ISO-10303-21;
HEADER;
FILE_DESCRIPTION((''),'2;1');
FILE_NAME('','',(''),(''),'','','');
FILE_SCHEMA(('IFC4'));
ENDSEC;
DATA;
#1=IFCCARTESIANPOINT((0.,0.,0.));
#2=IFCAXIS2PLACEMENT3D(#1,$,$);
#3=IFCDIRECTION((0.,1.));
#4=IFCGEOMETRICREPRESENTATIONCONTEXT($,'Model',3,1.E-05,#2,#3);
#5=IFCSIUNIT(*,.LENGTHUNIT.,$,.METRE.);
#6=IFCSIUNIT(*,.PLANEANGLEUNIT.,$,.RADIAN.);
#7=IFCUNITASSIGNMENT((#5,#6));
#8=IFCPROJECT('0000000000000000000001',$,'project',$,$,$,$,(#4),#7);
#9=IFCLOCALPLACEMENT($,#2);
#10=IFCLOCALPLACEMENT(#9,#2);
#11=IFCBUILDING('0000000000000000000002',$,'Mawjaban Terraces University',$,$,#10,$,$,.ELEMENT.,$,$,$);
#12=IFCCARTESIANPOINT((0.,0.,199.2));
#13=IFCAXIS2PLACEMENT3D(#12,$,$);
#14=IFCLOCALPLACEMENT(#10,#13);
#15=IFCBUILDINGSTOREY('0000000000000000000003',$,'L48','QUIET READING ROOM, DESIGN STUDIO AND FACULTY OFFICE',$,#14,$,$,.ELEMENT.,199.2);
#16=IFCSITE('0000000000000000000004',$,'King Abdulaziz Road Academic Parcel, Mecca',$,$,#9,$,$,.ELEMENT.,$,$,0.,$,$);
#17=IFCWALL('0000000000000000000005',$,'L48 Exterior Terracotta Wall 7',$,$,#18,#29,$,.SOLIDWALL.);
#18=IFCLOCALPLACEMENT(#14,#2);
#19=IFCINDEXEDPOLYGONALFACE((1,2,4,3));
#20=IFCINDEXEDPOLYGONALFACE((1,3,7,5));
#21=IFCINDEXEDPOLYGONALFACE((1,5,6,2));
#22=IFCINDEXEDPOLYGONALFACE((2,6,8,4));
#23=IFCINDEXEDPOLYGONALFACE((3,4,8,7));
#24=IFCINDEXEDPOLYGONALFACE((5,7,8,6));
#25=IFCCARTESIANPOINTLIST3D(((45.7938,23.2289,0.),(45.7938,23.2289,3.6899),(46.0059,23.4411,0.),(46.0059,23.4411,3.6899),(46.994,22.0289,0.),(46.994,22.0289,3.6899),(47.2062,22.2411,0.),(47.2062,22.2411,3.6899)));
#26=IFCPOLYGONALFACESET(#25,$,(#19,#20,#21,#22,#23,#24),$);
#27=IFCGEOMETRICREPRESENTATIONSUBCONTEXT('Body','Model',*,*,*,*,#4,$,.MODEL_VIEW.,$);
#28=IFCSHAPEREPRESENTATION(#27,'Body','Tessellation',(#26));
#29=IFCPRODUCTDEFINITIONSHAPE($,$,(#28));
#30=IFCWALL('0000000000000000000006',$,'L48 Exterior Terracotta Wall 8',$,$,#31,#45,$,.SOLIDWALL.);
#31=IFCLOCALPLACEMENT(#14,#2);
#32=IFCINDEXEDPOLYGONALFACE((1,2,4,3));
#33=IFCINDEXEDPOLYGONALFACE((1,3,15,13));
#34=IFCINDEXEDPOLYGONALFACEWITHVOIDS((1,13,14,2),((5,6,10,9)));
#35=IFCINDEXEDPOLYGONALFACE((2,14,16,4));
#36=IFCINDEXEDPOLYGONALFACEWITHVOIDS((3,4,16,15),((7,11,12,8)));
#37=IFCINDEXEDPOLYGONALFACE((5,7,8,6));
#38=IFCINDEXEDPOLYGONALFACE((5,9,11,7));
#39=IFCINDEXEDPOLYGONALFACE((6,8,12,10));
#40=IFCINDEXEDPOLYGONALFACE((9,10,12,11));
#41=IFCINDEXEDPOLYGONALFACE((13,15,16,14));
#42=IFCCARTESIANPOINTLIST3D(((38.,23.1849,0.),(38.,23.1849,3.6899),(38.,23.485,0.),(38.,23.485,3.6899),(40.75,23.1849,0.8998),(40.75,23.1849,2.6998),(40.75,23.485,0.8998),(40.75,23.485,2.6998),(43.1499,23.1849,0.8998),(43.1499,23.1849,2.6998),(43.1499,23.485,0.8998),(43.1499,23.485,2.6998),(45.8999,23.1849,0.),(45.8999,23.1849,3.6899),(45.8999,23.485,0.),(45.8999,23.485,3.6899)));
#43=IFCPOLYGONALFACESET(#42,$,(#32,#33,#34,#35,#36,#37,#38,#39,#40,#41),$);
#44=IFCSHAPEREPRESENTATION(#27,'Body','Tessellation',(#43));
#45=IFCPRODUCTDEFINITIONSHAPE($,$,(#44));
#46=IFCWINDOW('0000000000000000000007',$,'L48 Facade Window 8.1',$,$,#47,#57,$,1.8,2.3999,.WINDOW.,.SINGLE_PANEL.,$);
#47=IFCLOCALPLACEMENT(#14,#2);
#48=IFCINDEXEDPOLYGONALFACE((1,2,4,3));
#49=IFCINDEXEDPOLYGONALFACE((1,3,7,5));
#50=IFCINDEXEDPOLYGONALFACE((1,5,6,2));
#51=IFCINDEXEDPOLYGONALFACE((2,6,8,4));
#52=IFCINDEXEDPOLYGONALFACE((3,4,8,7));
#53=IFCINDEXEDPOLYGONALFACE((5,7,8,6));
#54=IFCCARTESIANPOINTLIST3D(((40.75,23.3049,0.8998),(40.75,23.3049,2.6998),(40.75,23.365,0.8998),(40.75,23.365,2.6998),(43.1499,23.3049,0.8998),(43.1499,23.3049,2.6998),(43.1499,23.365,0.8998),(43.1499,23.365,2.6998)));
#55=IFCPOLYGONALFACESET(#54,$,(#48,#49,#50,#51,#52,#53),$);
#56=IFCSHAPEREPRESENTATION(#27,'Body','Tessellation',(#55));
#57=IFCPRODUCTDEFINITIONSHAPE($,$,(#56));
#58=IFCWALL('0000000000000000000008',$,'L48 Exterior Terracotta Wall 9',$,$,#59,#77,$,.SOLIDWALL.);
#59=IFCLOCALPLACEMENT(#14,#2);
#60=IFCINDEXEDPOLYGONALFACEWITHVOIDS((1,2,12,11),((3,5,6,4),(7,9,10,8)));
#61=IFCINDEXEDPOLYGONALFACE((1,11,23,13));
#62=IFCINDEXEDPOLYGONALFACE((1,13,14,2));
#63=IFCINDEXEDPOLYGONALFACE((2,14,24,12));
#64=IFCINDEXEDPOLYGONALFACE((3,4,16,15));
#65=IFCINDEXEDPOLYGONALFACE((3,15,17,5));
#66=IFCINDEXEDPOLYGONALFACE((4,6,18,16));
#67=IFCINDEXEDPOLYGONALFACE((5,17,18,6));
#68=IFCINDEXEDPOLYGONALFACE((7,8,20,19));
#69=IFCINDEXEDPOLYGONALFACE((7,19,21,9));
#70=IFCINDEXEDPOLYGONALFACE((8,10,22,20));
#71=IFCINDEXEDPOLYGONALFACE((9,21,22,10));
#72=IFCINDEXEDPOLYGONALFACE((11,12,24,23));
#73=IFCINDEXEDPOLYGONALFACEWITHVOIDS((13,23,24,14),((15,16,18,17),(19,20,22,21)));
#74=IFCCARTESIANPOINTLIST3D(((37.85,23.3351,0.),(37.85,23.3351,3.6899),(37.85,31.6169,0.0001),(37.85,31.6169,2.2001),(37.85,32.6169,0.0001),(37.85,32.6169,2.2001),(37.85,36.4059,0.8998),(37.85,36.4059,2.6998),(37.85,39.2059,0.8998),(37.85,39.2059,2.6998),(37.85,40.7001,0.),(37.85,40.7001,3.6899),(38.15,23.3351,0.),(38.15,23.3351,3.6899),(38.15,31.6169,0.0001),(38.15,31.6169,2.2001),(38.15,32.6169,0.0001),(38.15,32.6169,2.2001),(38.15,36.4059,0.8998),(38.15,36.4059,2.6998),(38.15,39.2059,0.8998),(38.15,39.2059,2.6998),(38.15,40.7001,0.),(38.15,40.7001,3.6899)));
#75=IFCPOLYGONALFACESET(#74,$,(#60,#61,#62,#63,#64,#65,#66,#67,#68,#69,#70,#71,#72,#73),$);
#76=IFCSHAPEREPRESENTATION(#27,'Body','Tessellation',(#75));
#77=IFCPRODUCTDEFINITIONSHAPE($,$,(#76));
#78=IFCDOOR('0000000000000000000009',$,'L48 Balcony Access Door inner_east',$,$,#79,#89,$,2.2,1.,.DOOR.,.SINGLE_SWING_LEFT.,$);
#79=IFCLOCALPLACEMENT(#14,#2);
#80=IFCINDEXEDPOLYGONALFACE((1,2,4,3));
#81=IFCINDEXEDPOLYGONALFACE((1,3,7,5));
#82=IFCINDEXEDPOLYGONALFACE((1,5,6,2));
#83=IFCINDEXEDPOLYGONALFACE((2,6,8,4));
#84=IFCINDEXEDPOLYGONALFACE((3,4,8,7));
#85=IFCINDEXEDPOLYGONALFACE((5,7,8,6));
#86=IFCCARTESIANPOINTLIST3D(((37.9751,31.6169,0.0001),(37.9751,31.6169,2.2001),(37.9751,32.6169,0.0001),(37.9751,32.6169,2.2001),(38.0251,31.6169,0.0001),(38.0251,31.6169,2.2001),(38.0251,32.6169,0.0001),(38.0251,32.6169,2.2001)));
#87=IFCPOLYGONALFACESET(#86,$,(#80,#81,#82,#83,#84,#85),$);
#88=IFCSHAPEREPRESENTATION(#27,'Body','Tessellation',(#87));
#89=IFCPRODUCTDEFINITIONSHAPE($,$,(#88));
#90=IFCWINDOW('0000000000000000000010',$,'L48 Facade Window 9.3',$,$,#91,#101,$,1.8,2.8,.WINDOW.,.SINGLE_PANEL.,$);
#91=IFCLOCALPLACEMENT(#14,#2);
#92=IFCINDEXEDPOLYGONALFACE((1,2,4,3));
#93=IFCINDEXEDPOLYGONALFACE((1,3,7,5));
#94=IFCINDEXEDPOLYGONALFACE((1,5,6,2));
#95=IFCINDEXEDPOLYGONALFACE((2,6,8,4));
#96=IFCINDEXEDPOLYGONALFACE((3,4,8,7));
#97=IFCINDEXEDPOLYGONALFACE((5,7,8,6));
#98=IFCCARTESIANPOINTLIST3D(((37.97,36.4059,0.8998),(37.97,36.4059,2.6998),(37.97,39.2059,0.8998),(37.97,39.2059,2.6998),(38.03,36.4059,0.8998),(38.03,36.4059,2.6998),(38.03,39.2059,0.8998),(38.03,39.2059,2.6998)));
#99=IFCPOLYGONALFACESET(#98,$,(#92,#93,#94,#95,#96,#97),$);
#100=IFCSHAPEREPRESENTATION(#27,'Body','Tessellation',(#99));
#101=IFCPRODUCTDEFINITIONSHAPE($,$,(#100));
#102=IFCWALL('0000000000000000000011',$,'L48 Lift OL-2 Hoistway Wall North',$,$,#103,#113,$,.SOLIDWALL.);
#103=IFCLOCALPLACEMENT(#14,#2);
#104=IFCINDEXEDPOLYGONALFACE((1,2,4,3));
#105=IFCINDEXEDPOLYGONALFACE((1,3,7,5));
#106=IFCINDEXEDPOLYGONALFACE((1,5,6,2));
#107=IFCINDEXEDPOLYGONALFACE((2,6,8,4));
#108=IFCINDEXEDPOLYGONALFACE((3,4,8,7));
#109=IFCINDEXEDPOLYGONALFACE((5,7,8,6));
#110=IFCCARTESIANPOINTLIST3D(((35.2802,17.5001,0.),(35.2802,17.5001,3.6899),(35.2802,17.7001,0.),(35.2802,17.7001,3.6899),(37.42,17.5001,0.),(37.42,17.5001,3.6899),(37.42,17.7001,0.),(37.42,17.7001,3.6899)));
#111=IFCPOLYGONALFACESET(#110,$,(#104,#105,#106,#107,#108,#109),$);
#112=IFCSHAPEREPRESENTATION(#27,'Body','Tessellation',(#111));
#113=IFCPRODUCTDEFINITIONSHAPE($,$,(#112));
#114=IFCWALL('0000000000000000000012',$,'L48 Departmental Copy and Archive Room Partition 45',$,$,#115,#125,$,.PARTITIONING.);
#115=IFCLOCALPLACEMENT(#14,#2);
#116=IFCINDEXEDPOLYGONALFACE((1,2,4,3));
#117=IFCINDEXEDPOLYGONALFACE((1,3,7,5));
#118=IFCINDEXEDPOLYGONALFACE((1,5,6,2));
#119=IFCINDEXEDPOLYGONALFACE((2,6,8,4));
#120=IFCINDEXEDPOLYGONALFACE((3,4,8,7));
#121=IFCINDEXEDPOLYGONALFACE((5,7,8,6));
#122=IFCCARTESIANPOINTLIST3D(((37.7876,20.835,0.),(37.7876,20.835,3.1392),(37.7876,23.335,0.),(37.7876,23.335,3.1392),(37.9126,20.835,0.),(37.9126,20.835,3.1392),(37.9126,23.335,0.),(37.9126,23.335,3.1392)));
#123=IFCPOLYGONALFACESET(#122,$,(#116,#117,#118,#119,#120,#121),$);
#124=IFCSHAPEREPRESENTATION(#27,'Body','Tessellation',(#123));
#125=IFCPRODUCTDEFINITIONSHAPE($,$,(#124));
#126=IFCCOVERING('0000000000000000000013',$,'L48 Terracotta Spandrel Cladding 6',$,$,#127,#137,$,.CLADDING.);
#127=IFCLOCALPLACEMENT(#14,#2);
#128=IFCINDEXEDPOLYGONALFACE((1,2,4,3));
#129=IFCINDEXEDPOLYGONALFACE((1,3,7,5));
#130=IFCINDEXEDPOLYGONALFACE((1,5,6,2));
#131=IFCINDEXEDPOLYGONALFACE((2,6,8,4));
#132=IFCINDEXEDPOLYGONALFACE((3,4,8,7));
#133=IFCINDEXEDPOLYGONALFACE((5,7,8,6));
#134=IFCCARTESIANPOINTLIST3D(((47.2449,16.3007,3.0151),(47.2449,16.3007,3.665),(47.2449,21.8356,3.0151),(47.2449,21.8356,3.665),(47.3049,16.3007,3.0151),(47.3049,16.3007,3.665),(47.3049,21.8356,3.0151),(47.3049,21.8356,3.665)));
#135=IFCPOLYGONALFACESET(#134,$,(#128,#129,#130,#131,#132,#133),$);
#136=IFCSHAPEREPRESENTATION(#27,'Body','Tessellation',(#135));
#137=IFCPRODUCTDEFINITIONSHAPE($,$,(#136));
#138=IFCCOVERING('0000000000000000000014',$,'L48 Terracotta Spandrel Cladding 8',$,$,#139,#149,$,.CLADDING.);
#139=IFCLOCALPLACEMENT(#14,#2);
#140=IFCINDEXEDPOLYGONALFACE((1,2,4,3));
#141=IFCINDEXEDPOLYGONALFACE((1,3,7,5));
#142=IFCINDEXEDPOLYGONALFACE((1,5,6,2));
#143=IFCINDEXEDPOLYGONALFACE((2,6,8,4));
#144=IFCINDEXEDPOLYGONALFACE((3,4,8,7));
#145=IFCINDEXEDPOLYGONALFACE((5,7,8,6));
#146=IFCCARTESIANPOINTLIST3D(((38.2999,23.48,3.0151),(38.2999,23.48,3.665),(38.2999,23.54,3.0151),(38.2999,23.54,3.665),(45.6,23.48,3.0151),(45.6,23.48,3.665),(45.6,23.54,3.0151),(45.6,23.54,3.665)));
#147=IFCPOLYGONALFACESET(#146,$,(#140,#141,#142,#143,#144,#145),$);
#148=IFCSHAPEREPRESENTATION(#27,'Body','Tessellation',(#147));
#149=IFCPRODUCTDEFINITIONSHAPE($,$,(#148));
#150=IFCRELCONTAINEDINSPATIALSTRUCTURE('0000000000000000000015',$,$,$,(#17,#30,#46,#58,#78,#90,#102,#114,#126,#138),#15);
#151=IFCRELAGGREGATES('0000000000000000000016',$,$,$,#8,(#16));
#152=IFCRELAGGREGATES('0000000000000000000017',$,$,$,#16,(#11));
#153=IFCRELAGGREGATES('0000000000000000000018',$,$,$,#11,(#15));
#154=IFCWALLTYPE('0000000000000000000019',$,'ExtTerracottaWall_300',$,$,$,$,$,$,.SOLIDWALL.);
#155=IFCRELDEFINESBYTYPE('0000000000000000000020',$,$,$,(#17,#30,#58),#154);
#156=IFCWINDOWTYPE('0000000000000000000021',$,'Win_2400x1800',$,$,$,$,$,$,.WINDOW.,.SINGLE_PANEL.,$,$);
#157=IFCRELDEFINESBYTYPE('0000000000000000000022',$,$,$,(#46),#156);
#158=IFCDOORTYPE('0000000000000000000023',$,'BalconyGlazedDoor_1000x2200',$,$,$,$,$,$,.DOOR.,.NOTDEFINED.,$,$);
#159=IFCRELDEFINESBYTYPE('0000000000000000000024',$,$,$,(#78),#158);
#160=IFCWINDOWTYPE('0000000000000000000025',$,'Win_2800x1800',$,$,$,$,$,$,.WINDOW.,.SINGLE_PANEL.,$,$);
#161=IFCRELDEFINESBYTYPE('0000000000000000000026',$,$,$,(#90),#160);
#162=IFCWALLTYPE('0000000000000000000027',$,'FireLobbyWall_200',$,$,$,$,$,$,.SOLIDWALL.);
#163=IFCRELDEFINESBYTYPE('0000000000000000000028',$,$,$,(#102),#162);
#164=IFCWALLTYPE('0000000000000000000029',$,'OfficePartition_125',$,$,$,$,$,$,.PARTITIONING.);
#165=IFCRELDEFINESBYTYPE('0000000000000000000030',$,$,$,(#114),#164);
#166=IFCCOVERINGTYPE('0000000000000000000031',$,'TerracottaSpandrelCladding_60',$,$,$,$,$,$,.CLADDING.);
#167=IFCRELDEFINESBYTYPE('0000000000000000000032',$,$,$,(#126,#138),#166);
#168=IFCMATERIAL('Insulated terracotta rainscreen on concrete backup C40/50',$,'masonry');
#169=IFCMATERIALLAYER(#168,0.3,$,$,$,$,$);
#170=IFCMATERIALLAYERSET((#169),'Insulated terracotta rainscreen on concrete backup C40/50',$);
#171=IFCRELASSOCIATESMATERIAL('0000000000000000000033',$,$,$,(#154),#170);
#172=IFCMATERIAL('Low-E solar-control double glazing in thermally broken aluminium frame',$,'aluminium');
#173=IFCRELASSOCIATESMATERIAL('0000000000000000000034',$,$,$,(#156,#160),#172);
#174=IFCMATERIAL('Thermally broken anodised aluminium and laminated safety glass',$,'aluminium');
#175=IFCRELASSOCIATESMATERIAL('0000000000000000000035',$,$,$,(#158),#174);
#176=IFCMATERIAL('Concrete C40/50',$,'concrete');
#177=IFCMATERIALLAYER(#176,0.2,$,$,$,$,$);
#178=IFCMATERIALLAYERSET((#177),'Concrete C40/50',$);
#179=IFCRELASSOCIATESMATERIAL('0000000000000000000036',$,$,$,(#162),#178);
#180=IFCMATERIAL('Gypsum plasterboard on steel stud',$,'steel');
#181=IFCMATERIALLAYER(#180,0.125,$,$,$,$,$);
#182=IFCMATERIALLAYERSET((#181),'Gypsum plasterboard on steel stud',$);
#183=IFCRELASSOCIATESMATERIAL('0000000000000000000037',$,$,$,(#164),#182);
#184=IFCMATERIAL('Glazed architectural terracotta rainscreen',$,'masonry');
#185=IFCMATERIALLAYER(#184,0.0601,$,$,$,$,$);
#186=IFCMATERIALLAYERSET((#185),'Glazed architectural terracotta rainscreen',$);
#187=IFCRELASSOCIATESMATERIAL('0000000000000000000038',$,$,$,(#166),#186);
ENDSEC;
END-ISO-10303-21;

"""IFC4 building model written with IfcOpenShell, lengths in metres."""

from ifc_helpers import new_model, si_unit, direction, frame, frame_2d, origin, origin_2d, place, context, subcontext, project, spatial, rectangle, extrude, material, layer, layer_set, type_object, element, fill, save


model = new_model("IFC4")

# Units and contexts
model_context = context("Model", 3, precision=1e-05, world=origin(), true_north=direction((0.0, 1.0)))
body_context = subcontext(model_context, "Body", "Model", "MODEL_VIEW")
ifc_project = project(units=[si_unit("LENGTHUNIT", "METRE"), si_unit("PLANEANGLEUNIT", "RADIAN")], contexts=[model_context])

# Site, building, storey
site_placement = place(None, origin())
site = spatial("IfcSite", under=ifc_project, at=site_placement, Name="King Abdulaziz Road Academic Parcel, Mecca", CompositionType="ELEMENT", RefElevation=0.0)
building_placement = place(site_placement, origin())
building = spatial("IfcBuilding", under=site, at=building_placement, Name="Mawjaban Terraces University", CompositionType="ELEMENT")
storey_placement = place(building_placement, frame((0.0, 0.0, 199.2)))
storey = spatial("IfcBuildingStorey", under=building, at=storey_placement, Name="L48", Description="QUIET READING ROOM, DESIGN STUDIO AND FACULTY OFFICE", CompositionType="ELEMENT", Elevation=199.2)

# Wall
ifc_material_1 = material(Name="Insulated terracotta rainscreen on concrete backup C40/50", Category="masonry")
ifc_layer_1 = layer(ifc_material_1, 0.3)
ifc_layer_set_1 = layer_set([ifc_layer_1], Name="Insulated terracotta rainscreen on concrete backup C40/50")
wall_type_1 = type_object("IfcWallType", Name="ExtTerracottaWall_300", PredefinedType="SOLIDWALL", material=ifc_layer_set_1)
wall_1_placement = place(storey_placement, frame((47.1001, 22.135, 0.0), z_axis=(0.0, 0.0, 1.0), x_axis=(-0.707179, 0.707035, 0.0)))
element("IfcWall", 1, at=wall_1_placement, inside=storey, type_object=wall_type_1, Name="L48 Exterior Terracotta Wall 7", PredefinedType="SOLIDWALL", context=body_context, shape_type="SweptSolid", body=[
    extrude(rectangle(XDim=1.6973, YDim=0.3, at=frame_2d((0.8486, 0.0))), origin(), (0.0, 0.0, 1.0), 3.6899),
])

# Wall, opening, window
wall_2_placement = place(storey_placement, frame((45.8999, 23.335, 0.0), z_axis=(0.0, 0.0, 1.0), x_axis=(-1.0, 0.0, 0.0)))
wall_2 = element("IfcWall", 2, at=wall_2_placement, inside=storey, type_object=wall_type_1, Name="L48 Exterior Terracotta Wall 8", PredefinedType="SOLIDWALL", context=body_context, shape_type="SweptSolid", body=[
    extrude(rectangle(XDim=7.8999, YDim=0.3, at=frame_2d((3.95, 0.0))), origin(), (0.0, 0.0, 1.0), 3.6899),
])
opening_1_placement = place(wall_2_placement, frame((2.75, 0.0, 0.8999)))
opening_1 = element("IfcOpeningElement", 3, at=opening_1_placement, cuts=wall_2, PredefinedType="OPENING", context=body_context, shape_type="SweptSolid", body=[
    extrude(rectangle(XDim=2.3999, YDim=1.8, at=frame_2d((1.2, 0.8999))), frame((0.0, 0.1599, 0.0), z_axis=(0.0, -1.0, 0.0), x_axis=(1.0, 0.0, 0.0)), (0.0, 0.0, 1.0), 0.3201),
])
ifc_material_2 = material(Name="Low-E solar-control double glazing in thermally broken aluminium frame", Category="aluminium")
window_type_1 = type_object("IfcWindowType", Name="Win_2400x1800", PartitioningType="SINGLE_PANEL", PredefinedType="WINDOW", material=ifc_material_2)
window_1_placement = place(opening_1_placement, origin())
window_1 = element("IfcWindow", 4, at=window_1_placement, inside=storey, type_object=window_type_1, Name="L48 Facade Window 8.1", OverallHeight=1.8, OverallWidth=2.3999, PartitioningType="SINGLE_PANEL", PredefinedType="WINDOW", context=body_context, shape_type="SweptSolid", body=[
    extrude(rectangle(XDim=2.3999, YDim=1.8, at=frame_2d((1.2, 0.8999))), frame((0.0, 0.03, 0.0), z_axis=(0.0, -1.0, 0.0), x_axis=(1.0, 0.0, 0.0)), (0.0, 0.0, 1.0), 0.0601),
])
fill(opening_1, window_1)

# Wall, openings, door, window
wall_3_placement = place(storey_placement, frame((38.0, 23.335, 0.0), z_axis=(0.0, 0.0, 1.0), x_axis=(0.0, 1.0, 0.0)))
wall_3 = element("IfcWall", 5, at=wall_3_placement, inside=storey, type_object=wall_type_1, Name="L48 Exterior Terracotta Wall 9", PredefinedType="SOLIDWALL", context=body_context, shape_type="SweptSolid", body=[
    extrude(rectangle(XDim=17.365, YDim=0.3, at=frame_2d((8.6826, 0.0))), origin(), (0.0, 0.0, 1.0), 3.6899),
])
opening_2_placement = place(wall_3_placement, frame((8.282, 0.0, 0.0)))
opening_2 = element("IfcOpeningElement", 6, at=opening_2_placement, cuts=wall_3, PredefinedType="OPENING", context=body_context, shape_type="SweptSolid", body=[
    extrude(rectangle(XDim=1.0, YDim=2.2, at=frame_2d((0.5, 1.1001))), frame((0.0, 0.1599, 0.0), z_axis=(0.0, -1.0, 0.0), x_axis=(1.0, 0.0, 0.0)), (0.0, 0.0, 1.0), 0.3201),
])
opening_3_placement = place(wall_3_placement, frame((13.071, 0.0, 0.8999)))
opening_3 = element("IfcOpeningElement", 7, at=opening_3_placement, cuts=wall_3, PredefinedType="OPENING", context=body_context, shape_type="SweptSolid", body=[
    extrude(rectangle(XDim=2.8, YDim=1.8, at=frame_2d((1.3999, 0.8999))), frame((0.0, 0.1599, 0.0), z_axis=(0.0, -1.0, 0.0), x_axis=(1.0, 0.0, 0.0)), (0.0, 0.0, 1.0), 0.3201),
])
ifc_material_3 = material(Name="Thermally broken anodised aluminium and laminated safety glass", Category="aluminium")
door_type_1 = type_object("IfcDoorType", Name="BalconyGlazedDoor_1000x2200", OperationType="NOTDEFINED", PredefinedType="DOOR", material=ifc_material_3)
door_1_placement = place(opening_2_placement, origin())
door_1 = element("IfcDoor", 8, at=door_1_placement, inside=storey, type_object=door_type_1, Name="L48 Balcony Access Door inner_east", OperationType="SINGLE_SWING_LEFT", OverallHeight=2.2, OverallWidth=1.0, PredefinedType="DOOR", context=body_context, shape_type="SweptSolid", body=[
    extrude(rectangle(XDim=1.0, YDim=2.2, at=frame_2d((0.5, 1.1001))), frame((0.0, 0.0249, 0.0), z_axis=(0.0, -1.0, 0.0), x_axis=(1.0, 0.0, 0.0)), (0.0, 0.0, 1.0), 0.05),
])
fill(opening_2, door_1)
window_type_2 = type_object("IfcWindowType", Name="Win_2800x1800", PartitioningType="SINGLE_PANEL", PredefinedType="WINDOW", material=ifc_material_2)
window_2_placement = place(opening_3_placement, origin())
window_2 = element("IfcWindow", 9, at=window_2_placement, inside=storey, type_object=window_type_2, Name="L48 Facade Window 9.3", OverallHeight=1.8, OverallWidth=2.8, PartitioningType="SINGLE_PANEL", PredefinedType="WINDOW", context=body_context, shape_type="SweptSolid", body=[
    extrude(rectangle(XDim=2.8, YDim=1.8, at=frame_2d((1.3999, 0.8999))), frame((0.0, 0.03, 0.0), z_axis=(0.0, -1.0, 0.0), x_axis=(1.0, 0.0, 0.0)), (0.0, 0.0, 1.0), 0.0601),
])
fill(opening_3, window_2)

# Walls
ifc_material_4 = material(Name="Concrete C40/50", Category="concrete")
ifc_layer_2 = layer(ifc_material_4, 0.2)
ifc_layer_set_2 = layer_set([ifc_layer_2], Name="Concrete C40/50")
wall_type_2 = type_object("IfcWallType", Name="FireLobbyWall_200", PredefinedType="SOLIDWALL", material=ifc_layer_set_2)
wall_4_placement = place(storey_placement, frame((37.4199, 17.6001, 0.0), z_axis=(0.0, 0.0, 1.0), x_axis=(-1.0, 0.0, 0.0)))
element("IfcWall", 10, at=wall_4_placement, inside=storey, type_object=wall_type_2, Name="L48 Lift OL-2 Hoistway Wall North", PredefinedType="SOLIDWALL", context=body_context, shape_type="SweptSolid", body=[
    extrude(rectangle(XDim=2.1399, YDim=0.2, at=frame_2d((1.0698, 0.0))), origin(), (0.0, 0.0, 1.0), 3.6899),
])
ifc_material_5 = material(Name="Gypsum plasterboard on steel stud", Category="steel")
ifc_layer_3 = layer(ifc_material_5, 0.125)
ifc_layer_set_3 = layer_set([ifc_layer_3], Name="Gypsum plasterboard on steel stud")
wall_type_3 = type_object("IfcWallType", Name="OfficePartition_125", PredefinedType="PARTITIONING", material=ifc_layer_set_3)
wall_5_placement = place(storey_placement, frame((37.8501, 20.835, 0.0), z_axis=(0.0, 0.0, 1.0), x_axis=(0.0, 1.0, 0.0)))
element("IfcWall", 11, at=wall_5_placement, inside=storey, type_object=wall_type_3, Name="L48 Departmental Copy and Archive Room Partition 45", PredefinedType="PARTITIONING", context=body_context, shape_type="SweptSolid", body=[
    extrude(rectangle(XDim=2.5, YDim=0.125, at=frame_2d((1.25, 0.0))), origin(), (0.0, 0.0, 1.0), 3.1392),
])

# Coverings
ifc_material_6 = material(Name="Glazed architectural terracotta rainscreen", Category="masonry")
ifc_layer_4 = layer(ifc_material_6, 0.0601)
ifc_layer_set_4 = layer_set([ifc_layer_4], Name="Glazed architectural terracotta rainscreen")
covering_type = type_object("IfcCoveringType", Name="TerracottaSpandrelCladding_60", PredefinedType="CLADDING", material=ifc_layer_set_4)
covering_1_placement = place(storey_placement, frame((47.2749, 19.0681, 3.0151), z_axis=(0.0, 0.0, 1.0), x_axis=(0.0, 1.0, 0.0)))
element("IfcCovering", 12, at=covering_1_placement, inside=storey, type_object=covering_type, Name="L48 Terracotta Spandrel Cladding 6", PredefinedType="CLADDING", context=body_context, shape_type="SweptSolid", body=[
    extrude(rectangle(XDim=5.5349, YDim=0.0601, at=origin_2d()), origin(), (0.0, 0.0, 1.0), 0.6499),
])
covering_2_placement = place(storey_placement, frame((41.95, 23.51, 3.0151), z_axis=(0.0, 0.0, 1.0), x_axis=(-1.0, 0.0, 0.0)))
element("IfcCovering", 13, at=covering_2_placement, inside=storey, type_object=covering_type, Name="L48 Terracotta Spandrel Cladding 8", PredefinedType="CLADDING", context=body_context, shape_type="SweptSolid", body=[
    extrude(rectangle(XDim=7.3, YDim=0.0601, at=origin_2d()), origin(), (0.0, 0.0, 1.0), 0.6499),
])

save(model, "model.ifc")
